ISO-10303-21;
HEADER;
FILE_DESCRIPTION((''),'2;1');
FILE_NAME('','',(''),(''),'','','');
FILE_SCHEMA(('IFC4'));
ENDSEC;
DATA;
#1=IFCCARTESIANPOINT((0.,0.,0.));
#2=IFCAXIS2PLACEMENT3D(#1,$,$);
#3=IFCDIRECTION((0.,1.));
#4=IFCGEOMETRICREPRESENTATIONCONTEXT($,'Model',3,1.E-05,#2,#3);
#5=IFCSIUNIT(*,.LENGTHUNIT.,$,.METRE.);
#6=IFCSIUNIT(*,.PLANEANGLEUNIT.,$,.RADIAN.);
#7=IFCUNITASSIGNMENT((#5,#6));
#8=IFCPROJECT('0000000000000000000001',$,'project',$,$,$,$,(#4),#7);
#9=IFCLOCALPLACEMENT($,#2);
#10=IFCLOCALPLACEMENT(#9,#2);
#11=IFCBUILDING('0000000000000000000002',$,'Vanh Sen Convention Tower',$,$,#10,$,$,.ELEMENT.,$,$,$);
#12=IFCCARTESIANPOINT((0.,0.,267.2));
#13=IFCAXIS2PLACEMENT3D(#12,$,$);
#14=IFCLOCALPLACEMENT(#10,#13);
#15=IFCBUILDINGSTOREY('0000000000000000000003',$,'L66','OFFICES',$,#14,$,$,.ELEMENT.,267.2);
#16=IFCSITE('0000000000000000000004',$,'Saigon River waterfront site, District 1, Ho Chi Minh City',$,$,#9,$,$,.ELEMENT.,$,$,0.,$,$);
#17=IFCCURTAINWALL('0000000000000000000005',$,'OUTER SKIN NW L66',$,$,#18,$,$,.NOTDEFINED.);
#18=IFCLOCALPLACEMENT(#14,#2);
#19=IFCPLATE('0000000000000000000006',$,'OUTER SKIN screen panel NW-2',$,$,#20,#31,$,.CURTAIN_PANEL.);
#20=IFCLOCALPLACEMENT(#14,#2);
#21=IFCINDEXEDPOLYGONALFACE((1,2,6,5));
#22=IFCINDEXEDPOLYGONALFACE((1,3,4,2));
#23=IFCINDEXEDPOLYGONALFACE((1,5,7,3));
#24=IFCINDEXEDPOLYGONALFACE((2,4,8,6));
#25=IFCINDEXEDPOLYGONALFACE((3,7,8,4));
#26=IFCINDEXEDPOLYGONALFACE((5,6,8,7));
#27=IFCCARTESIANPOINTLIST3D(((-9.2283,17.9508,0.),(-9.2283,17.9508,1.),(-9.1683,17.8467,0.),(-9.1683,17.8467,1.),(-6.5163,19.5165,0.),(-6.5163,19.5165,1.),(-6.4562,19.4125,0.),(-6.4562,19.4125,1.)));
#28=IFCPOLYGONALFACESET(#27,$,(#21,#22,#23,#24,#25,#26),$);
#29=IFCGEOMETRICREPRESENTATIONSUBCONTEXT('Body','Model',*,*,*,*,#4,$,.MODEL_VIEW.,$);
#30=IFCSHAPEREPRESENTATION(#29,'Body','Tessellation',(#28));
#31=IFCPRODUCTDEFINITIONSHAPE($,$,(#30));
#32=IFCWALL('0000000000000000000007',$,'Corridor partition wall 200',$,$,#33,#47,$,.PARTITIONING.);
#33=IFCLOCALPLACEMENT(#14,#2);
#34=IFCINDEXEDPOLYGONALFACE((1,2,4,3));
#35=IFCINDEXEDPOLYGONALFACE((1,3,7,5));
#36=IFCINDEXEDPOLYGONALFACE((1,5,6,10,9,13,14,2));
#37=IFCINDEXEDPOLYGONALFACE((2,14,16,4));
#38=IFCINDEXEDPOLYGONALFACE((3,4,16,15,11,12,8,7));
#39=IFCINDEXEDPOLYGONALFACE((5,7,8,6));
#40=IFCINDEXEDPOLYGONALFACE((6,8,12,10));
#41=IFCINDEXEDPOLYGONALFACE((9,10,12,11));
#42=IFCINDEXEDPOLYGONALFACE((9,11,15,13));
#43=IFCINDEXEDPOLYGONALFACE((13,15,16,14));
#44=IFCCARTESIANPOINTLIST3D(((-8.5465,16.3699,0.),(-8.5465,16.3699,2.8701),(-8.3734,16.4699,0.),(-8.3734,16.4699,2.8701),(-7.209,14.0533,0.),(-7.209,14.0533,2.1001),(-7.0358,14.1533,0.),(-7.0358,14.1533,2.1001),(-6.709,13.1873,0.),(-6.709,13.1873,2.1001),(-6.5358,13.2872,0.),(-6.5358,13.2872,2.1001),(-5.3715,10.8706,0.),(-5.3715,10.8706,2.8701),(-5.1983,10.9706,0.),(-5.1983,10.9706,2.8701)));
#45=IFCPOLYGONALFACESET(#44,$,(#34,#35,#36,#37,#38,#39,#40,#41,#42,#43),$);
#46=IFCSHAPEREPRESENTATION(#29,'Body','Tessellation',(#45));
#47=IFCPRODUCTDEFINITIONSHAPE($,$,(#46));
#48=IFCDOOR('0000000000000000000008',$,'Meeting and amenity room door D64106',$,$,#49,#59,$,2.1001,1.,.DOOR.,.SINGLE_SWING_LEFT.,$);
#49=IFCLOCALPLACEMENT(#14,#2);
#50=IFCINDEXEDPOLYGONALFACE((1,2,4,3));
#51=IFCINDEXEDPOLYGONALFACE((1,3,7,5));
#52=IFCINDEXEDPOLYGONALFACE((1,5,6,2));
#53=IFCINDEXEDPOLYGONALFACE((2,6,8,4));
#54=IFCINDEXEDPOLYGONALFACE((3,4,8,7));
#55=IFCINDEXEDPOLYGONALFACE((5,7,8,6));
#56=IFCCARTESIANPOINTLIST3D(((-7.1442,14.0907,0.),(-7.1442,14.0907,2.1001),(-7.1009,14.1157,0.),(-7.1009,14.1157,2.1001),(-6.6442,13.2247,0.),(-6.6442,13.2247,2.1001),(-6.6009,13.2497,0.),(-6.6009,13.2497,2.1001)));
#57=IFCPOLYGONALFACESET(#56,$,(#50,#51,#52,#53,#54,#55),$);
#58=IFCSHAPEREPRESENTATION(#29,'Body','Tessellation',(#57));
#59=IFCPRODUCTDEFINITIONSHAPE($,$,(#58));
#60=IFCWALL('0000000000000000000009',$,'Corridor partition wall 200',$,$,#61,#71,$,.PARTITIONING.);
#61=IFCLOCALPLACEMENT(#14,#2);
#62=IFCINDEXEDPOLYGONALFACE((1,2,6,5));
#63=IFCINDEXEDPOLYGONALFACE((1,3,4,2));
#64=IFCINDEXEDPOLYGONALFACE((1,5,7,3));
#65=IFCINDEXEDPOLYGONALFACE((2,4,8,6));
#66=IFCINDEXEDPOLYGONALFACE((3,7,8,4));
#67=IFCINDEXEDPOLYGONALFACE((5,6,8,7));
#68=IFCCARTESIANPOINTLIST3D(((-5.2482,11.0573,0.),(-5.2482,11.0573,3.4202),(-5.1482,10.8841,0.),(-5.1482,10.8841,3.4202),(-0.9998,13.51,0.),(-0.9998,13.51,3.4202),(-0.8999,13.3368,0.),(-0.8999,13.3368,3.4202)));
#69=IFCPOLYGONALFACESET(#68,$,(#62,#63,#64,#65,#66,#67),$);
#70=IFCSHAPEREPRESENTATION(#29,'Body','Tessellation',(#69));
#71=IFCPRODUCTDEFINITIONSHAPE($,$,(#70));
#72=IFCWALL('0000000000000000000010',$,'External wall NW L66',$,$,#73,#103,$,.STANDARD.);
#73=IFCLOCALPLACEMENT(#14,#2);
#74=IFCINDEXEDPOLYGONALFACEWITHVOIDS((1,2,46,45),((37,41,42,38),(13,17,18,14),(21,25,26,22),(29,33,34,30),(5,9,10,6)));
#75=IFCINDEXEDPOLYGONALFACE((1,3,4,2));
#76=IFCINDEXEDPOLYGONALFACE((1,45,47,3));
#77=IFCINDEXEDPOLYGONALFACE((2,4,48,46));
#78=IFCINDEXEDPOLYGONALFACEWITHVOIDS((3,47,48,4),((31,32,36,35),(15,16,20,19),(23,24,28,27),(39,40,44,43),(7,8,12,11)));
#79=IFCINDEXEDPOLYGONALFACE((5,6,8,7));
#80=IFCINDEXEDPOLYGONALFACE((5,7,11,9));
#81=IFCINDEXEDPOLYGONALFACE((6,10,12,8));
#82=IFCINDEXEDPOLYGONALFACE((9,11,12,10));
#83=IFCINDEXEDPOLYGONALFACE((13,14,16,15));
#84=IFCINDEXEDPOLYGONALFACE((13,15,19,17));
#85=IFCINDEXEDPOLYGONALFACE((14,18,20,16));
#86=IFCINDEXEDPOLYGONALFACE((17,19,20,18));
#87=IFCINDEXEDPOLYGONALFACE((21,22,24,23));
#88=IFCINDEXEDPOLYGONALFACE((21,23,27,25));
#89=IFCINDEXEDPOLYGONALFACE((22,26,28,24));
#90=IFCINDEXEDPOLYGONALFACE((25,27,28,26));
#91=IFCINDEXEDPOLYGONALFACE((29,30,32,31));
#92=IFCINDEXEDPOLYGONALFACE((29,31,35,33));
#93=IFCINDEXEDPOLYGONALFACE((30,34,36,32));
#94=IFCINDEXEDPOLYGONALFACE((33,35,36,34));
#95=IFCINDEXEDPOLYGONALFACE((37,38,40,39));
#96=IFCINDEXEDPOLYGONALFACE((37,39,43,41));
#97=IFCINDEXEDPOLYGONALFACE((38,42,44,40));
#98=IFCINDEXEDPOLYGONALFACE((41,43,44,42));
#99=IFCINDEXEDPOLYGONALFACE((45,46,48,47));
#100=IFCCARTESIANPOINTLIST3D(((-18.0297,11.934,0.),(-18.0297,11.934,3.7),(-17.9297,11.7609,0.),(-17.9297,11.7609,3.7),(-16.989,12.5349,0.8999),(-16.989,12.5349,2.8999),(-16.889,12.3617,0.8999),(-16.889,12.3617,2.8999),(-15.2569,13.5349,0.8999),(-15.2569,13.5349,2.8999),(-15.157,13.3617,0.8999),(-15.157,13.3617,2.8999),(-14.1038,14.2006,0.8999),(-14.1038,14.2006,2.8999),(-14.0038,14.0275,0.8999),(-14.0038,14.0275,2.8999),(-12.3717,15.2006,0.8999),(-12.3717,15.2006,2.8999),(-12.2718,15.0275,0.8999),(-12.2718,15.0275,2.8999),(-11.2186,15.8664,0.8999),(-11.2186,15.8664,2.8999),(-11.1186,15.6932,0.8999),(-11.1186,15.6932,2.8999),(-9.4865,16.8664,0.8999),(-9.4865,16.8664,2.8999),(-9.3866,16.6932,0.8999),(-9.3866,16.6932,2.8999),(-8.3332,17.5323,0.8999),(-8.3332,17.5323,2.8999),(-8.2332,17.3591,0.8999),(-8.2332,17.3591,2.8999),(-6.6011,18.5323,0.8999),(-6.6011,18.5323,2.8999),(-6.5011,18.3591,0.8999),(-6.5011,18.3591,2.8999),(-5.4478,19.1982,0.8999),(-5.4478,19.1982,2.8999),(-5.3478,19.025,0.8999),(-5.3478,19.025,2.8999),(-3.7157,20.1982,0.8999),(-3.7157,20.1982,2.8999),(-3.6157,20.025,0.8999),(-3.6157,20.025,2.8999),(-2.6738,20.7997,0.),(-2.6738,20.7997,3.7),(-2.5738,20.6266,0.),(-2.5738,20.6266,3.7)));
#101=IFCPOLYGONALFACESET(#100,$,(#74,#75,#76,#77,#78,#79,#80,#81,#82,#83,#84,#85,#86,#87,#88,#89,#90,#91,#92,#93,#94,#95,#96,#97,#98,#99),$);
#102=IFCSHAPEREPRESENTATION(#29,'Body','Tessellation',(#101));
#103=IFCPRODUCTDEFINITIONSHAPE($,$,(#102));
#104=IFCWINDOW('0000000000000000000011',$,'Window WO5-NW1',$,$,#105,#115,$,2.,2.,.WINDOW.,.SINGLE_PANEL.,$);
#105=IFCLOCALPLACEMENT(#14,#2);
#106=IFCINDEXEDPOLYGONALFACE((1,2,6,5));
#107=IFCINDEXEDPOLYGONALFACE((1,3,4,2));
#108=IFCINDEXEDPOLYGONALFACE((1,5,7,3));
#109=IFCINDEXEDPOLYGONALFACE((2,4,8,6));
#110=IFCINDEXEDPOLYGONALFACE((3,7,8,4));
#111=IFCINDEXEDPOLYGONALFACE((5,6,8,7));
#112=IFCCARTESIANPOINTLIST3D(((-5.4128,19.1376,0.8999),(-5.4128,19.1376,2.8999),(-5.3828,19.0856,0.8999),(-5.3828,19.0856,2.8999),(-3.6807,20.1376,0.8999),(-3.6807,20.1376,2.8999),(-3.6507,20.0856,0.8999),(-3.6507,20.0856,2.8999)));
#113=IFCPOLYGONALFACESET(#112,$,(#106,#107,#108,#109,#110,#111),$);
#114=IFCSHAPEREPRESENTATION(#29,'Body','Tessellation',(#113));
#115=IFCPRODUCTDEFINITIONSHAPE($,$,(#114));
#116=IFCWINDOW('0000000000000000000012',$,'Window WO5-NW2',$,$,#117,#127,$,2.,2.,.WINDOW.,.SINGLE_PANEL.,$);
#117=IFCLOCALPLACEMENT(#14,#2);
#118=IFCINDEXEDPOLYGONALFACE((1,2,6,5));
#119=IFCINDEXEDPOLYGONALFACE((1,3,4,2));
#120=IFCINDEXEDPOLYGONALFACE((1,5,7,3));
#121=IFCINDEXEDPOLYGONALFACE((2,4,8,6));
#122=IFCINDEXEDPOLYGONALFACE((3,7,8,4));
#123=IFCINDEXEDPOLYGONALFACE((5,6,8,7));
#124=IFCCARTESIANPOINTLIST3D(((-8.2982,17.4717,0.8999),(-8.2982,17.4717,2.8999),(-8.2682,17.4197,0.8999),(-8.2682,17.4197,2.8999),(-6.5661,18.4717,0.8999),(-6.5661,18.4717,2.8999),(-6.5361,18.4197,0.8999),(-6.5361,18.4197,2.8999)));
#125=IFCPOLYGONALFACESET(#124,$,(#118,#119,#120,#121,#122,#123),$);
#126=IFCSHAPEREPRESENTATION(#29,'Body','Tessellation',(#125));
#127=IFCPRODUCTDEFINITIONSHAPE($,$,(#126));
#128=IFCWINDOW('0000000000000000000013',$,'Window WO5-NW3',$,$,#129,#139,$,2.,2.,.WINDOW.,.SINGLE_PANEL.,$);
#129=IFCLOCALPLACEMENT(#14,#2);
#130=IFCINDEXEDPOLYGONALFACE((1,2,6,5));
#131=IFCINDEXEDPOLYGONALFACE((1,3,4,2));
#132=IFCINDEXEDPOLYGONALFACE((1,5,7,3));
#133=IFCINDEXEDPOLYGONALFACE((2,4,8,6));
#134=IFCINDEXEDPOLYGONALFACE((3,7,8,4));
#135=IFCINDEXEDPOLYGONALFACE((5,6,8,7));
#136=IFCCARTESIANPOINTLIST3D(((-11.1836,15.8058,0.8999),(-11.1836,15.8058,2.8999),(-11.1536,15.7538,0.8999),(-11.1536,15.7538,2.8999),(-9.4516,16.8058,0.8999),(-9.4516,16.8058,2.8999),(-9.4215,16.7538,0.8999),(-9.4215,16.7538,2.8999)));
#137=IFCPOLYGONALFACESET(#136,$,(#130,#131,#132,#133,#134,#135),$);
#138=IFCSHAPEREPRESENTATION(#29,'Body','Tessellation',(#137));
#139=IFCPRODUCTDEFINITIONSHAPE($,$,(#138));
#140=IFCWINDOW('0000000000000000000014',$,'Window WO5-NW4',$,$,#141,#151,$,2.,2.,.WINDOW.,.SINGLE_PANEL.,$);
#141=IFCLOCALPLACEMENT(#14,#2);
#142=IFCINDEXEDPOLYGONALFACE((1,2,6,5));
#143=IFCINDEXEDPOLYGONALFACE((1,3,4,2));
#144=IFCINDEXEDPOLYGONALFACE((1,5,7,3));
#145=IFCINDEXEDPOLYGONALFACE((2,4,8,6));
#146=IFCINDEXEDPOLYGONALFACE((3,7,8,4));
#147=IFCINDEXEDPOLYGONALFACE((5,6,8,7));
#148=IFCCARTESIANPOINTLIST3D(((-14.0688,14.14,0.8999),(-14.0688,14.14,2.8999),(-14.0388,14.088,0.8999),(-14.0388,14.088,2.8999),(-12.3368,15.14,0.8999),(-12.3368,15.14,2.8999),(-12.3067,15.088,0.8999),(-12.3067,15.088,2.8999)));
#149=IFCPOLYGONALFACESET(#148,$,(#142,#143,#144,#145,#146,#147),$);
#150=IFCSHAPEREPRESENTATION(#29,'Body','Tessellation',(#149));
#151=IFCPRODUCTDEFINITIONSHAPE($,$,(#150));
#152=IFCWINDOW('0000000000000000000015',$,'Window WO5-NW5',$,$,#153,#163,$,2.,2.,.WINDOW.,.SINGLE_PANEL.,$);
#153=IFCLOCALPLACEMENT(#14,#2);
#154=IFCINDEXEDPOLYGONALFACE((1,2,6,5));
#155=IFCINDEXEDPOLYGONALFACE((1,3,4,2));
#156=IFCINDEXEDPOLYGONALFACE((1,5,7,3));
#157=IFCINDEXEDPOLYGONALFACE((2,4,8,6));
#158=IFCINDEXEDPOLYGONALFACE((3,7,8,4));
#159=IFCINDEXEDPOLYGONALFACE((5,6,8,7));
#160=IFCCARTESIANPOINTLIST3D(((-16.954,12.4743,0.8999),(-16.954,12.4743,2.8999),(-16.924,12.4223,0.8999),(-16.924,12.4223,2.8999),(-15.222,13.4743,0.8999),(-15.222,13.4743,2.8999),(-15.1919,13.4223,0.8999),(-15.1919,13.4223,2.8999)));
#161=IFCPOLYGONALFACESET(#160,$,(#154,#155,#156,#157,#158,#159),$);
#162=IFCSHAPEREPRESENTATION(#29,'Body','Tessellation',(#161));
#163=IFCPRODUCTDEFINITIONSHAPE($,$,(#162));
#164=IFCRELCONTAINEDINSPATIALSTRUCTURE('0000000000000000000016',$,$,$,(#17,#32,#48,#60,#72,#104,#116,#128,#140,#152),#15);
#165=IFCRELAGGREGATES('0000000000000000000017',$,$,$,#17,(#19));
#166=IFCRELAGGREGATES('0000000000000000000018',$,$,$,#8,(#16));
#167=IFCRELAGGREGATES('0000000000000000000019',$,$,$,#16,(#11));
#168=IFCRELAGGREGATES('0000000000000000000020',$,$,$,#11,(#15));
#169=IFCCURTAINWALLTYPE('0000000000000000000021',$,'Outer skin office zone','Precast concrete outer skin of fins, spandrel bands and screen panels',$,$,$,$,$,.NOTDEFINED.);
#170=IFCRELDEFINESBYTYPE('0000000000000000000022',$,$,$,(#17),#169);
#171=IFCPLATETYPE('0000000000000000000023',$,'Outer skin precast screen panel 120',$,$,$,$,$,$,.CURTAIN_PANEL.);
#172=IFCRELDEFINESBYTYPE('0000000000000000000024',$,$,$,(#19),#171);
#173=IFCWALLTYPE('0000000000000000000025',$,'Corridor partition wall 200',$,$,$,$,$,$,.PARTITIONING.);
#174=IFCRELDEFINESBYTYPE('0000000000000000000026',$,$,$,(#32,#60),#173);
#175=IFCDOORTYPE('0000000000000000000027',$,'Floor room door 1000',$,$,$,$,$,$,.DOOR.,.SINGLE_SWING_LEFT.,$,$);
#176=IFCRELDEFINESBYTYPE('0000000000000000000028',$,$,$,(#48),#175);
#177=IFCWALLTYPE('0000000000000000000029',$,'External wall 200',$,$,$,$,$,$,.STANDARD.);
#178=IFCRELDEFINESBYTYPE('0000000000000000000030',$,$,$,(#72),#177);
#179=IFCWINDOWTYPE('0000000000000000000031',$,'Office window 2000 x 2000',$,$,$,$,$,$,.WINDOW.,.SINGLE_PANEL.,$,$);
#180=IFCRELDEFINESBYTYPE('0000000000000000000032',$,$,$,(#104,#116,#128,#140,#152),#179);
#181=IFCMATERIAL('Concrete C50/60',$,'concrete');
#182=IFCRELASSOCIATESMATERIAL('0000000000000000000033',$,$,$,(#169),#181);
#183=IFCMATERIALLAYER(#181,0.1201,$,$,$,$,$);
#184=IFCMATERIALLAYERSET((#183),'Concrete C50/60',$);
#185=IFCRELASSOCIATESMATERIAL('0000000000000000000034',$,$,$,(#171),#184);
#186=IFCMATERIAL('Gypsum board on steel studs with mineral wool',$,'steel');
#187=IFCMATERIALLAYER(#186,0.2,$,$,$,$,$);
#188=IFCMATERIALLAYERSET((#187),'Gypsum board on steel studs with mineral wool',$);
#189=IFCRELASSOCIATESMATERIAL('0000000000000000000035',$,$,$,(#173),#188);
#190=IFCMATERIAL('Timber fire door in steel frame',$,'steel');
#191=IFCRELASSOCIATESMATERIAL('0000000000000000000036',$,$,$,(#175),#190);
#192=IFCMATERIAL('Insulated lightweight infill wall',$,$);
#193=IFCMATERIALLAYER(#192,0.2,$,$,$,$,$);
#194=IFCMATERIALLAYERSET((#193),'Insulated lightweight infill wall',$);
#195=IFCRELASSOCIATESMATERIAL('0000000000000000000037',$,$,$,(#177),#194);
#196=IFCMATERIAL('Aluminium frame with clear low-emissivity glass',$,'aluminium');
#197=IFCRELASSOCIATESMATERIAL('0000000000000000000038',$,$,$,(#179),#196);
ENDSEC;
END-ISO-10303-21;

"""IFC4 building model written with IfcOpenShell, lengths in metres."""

from ifc_helpers import new_model, si_unit, direction, frame, frame_2d, origin, origin_2d, place, context, subcontext, project, spatial, rectangle, extrude, material, layer, layer_set, type_object, element, fill, aggregate, save


model = new_model("IFC4")

# Units and contexts
model_context = context("Model", 3, precision=1e-05, world=origin(), true_north=direction((0.0, 1.0)))
body_context = subcontext(model_context, "Body", "Model", "MODEL_VIEW")
ifc_project = project(units=[si_unit("LENGTHUNIT", "METRE"), si_unit("PLANEANGLEUNIT", "RADIAN")], contexts=[model_context])

# Site, building, storey
site_placement = place(None, origin())
site = spatial("IfcSite", under=ifc_project, at=site_placement, Name="Saigon River waterfront site, District 1, Ho Chi Minh City", CompositionType="ELEMENT", RefElevation=0.0)
building_placement = place(site_placement, origin())
building = spatial("IfcBuilding", under=site, at=building_placement, Name="Vanh Sen Convention Tower", CompositionType="ELEMENT")
storey_placement = place(building_placement, frame((0.0, 0.0, 267.2)))
storey = spatial("IfcBuildingStorey", under=building, at=storey_placement, Name="L66", Description="OFFICES", CompositionType="ELEMENT", Elevation=267.2)

# Curtain wall
ifc_material_1 = material(Name="Concrete C50/60", Category="concrete")
curtain_wall_type = type_object("IfcCurtainWallType", Name="Outer skin office zone", Description="Precast concrete outer skin of fins, spandrel bands and screen panels", PredefinedType="NOTDEFINED", material=ifc_material_1)
curtain_wall_1_placement = place(storey_placement, origin())
curtain_wall_1 = element("IfcCurtainWall", 1, at=curtain_wall_1_placement, inside=storey, type_object=curtain_wall_type, Name="OUTER SKIN NW L66", PredefinedType="NOTDEFINED")

# Shared definitions
ifc_layer_1 = layer(ifc_material_1, 0.1201)
ifc_layer_set_1 = layer_set([ifc_layer_1], Name="Concrete C50/60")
plate_type = type_object("IfcPlateType", Name="Outer skin precast screen panel 120", PredefinedType="CURTAIN_PANEL", material=ifc_layer_set_1)

# Plate
plate_1_placement = place(storey_placement, frame((-7.8423, 18.6816, 0.0), z_axis=(0.0, 0.0, 1.0), x_axis=(-0.866029, -0.499994, 0.0)))
plate_1 = element("IfcPlate", 2, at=plate_1_placement, type_object=plate_type, Name="OUTER SKIN screen panel NW-2", PredefinedType="CURTAIN_PANEL", context=body_context, shape_type="SweptSolid", body=[
    extrude(rectangle(XDim=3.1316, YDim=0.1201, at=origin_2d()), origin(), (0.0, 0.0, 1.0), 1.0),
])
aggregate(curtain_wall_1, [plate_1])

# Wall, opening, door
ifc_material_2 = material(Name="Gypsum board on steel studs with mineral wool", Category="steel")
ifc_layer_2 = layer(ifc_material_2, 0.2)
ifc_layer_set_2 = layer_set([ifc_layer_2], Name="Gypsum board on steel studs with mineral wool")
wall_type_1 = type_object("IfcWallType", Name="Corridor partition wall 200", PredefinedType="PARTITIONING", material=ifc_layer_set_2)
wall_1_placement = place(storey_placement, frame((-8.46, 16.4199, 0.0), z_axis=(0.0, 0.0, 1.0), x_axis=(0.500005, -0.866022, 0.0)))
wall_1 = element("IfcWall", 3, at=wall_1_placement, inside=storey, type_object=wall_type_1, Name="Corridor partition wall 200", PredefinedType="PARTITIONING", context=body_context, shape_type="SweptSolid", body=[
    extrude(rectangle(XDim=6.3501, YDim=0.2, at=frame_2d((3.175, 0.0))), origin(), (0.0, 0.0, 1.0), 2.8701),
])
opening_1_placement = place(wall_1_placement, frame((2.675, 0.0, 0.0)))
opening_1 = element("IfcOpeningElement", 4, at=opening_1_placement, cuts=wall_1, PredefinedType="OPENING", context=body_context, shape_type="SweptSolid", body=[
    extrude(rectangle(XDim=1.0, YDim=2.1001, at=frame_2d((0.5, 1.05))), frame((0.0, 0.1099, 0.0), z_axis=(0.0, -1.0, 0.0), x_axis=(1.0, 0.0, 0.0)), (0.0, 0.0, 1.0), 0.22),
])
ifc_material_3 = material(Name="Timber fire door in steel frame", Category="steel")
door_type = type_object("IfcDoorType", Name="Floor room door 1000", OperationType="SINGLE_SWING_LEFT", PredefinedType="DOOR", material=ifc_material_3)
door_placement = place(opening_1_placement, origin())
door = element("IfcDoor", 5, at=door_placement, inside=storey, type_object=door_type, Name="Meeting and amenity room door D64106", OperationType="SINGLE_SWING_LEFT", OverallHeight=2.1001, OverallWidth=1.0, PredefinedType="DOOR", context=body_context, shape_type="SweptSolid", body=[
    extrude(rectangle(XDim=1.0, YDim=2.1001, at=frame_2d((0.5, 1.05))), frame((0.0, 0.0249, 0.0), z_axis=(0.0, -1.0, 0.0), x_axis=(1.0, 0.0, 0.0)), (0.0, 0.0, 1.0), 0.05),
])
fill(opening_1, door)

# Wall
wall_2_placement = place(storey_placement, frame((-0.95, 13.4233, 0.0), z_axis=(0.0, 0.0, 1.0), x_axis=(-0.866036, -0.499982, 0.0)))
element("IfcWall", 6, at=wall_2_placement, inside=storey, type_object=wall_type_1, Name="Corridor partition wall 200", PredefinedType="PARTITIONING", context=body_context, shape_type="SweptSolid", body=[
    extrude(rectangle(XDim=4.9055, YDim=0.2, at=frame_2d((2.4526, 0.0))), origin(), (0.0, 0.0, 1.0), 3.4202),
])

# Wall, openings, windows
ifc_material_4 = material(Name="Insulated lightweight infill wall")
ifc_layer_3 = layer(ifc_material_4, 0.2)
ifc_layer_set_3 = layer_set([ifc_layer_3], Name="Insulated lightweight infill wall")
wall_type_2 = type_object("IfcWallType", Name="External wall 200", PredefinedType="STANDARD", material=ifc_layer_set_3)
wall_3_placement = place(storey_placement, frame((-2.6238, 20.7131, 0.0), z_axis=(0.0, 0.0, 1.0), x_axis=(-0.866026, -0.499998, 0.0)))
wall_3 = element("IfcWall", 7, at=wall_3_placement, inside=storey, type_object=wall_type_2, Name="External wall NW L66", PredefinedType="STANDARD", context=body_context, shape_type="SweptSolid", body=[
    extrude(rectangle(XDim=17.7314, YDim=0.2, at=frame_2d((8.8657, 0.0))), origin(), (0.0, 0.0, 1.0), 3.7),
])
opening_2_placement = place(wall_3_placement, frame((1.2031, 0.0, 0.8999)))
opening_2 = element("IfcOpeningElement", 8, at=opening_2_placement, cuts=wall_3, PredefinedType="OPENING", context=body_context, shape_type="SweptSolid", body=[
    extrude(rectangle(XDim=2.0, YDim=2.0, at=frame_2d((1.0, 1.0))), frame((0.0, 0.1099, 0.0), z_axis=(0.0, -1.0, 0.0), x_axis=(1.0, 0.0, 0.0)), (0.0, 0.0, 1.0), 0.22),
])
opening_3_placement = place(wall_3_placement, frame((4.5349, 0.0, 0.8999)))
opening_3 = element("IfcOpeningElement", 9, at=opening_3_placement, cuts=wall_3, PredefinedType="OPENING", context=body_context, shape_type="SweptSolid", body=[
    extrude(rectangle(XDim=2.0, YDim=2.0, at=frame_2d((1.0, 1.0))), frame((0.0, 0.1099, 0.0), z_axis=(0.0, -1.0, 0.0), x_axis=(1.0, 0.0, 0.0)), (0.0, 0.0, 1.0), 0.22),
])
opening_4_placement = place(wall_3_placement, frame((7.8667, 0.0, 0.8999)))
opening_4 = element("IfcOpeningElement", 10, at=opening_4_placement, cuts=wall_3, PredefinedType="OPENING", context=body_context, shape_type="SweptSolid", body=[
    extrude(rectangle(XDim=2.0, YDim=2.0, at=frame_2d((1.0, 1.0))), frame((0.0, 0.1099, 0.0), z_axis=(0.0, -1.0, 0.0), x_axis=(1.0, 0.0, 0.0)), (0.0, 0.0, 1.0), 0.22),
])
opening_5_placement = place(wall_3_placement, frame((11.1982, 0.0, 0.8999)))
opening_5 = element("IfcOpeningElement", 11, at=opening_5_placement, cuts=wall_3, PredefinedType="OPENING", context=body_context, shape_type="SweptSolid", body=[
    extrude(rectangle(XDim=2.0, YDim=2.0, at=frame_2d((1.0, 1.0))), frame((0.0, 0.1099, 0.0), z_axis=(0.0, -1.0, 0.0), x_axis=(1.0, 0.0, 0.0)), (0.0, 0.0, 1.0), 0.22),
])
opening_6_placement = place(wall_3_placement, frame((14.5298, 0.0, 0.8999)))
opening_6 = element("IfcOpeningElement", 12, at=opening_6_placement, cuts=wall_3, PredefinedType="OPENING", context=body_context, shape_type="SweptSolid", body=[
    extrude(rectangle(XDim=2.0, YDim=2.0, at=frame_2d((1.0, 1.0))), frame((0.0, 0.1099, 0.0), z_axis=(0.0, -1.0, 0.0), x_axis=(1.0, 0.0, 0.0)), (0.0, 0.0, 1.0), 0.22),
])
ifc_material_5 = material(Name="Aluminium frame with clear low-emissivity glass", Category="aluminium")
window_type = type_object("IfcWindowType", Name="Office window 2000 x 2000", PartitioningType="SINGLE_PANEL", PredefinedType="WINDOW", material=ifc_material_5)
window_1_placement = place(opening_2_placement, origin())
window_1 = element("IfcWindow", 13, at=window_1_placement, inside=storey, type_object=window_type, Name="Window WO5-NW1", OverallHeight=2.0, OverallWidth=2.0, PartitioningType="SINGLE_PANEL", PredefinedType="WINDOW", context=body_context, shape_type="SweptSolid", body=[
    extrude(rectangle(XDim=2.0, YDim=2.0, at=frame_2d((1.0, 1.0))), frame((0.0, 0.03, 0.0), z_axis=(0.0, -1.0, 0.0), x_axis=(1.0, 0.0, 0.0)), (0.0, 0.0, 1.0), 0.0601),
])
fill(opening_2, window_1)
window_2_placement = place(opening_3_placement, origin())
window_2 = element("IfcWindow", 14, at=window_2_placement, inside=storey, type_object=window_type, Name="Window WO5-NW2", OverallHeight=2.0, OverallWidth=2.0, PartitioningType="SINGLE_PANEL", PredefinedType="WINDOW", context=body_context, shape_type="SweptSolid", body=[
    extrude(rectangle(XDim=2.0, YDim=2.0, at=frame_2d((1.0, 1.0))), frame((0.0, 0.03, 0.0), z_axis=(0.0, -1.0, 0.0), x_axis=(1.0, 0.0, 0.0)), (0.0, 0.0, 1.0), 0.0601),
])
fill(opening_3, window_2)
window_3_placement = place(opening_4_placement, origin())
window_3 = element("IfcWindow", 15, at=window_3_placement, inside=storey, type_object=window_type, Name="Window WO5-NW3", OverallHeight=2.0, OverallWidth=2.0, PartitioningType="SINGLE_PANEL", PredefinedType="WINDOW", context=body_context, shape_type="SweptSolid", body=[
    extrude(rectangle(XDim=2.0, YDim=2.0, at=frame_2d((1.0, 1.0))), frame((0.0, 0.03, 0.0), z_axis=(0.0, -1.0, 0.0), x_axis=(1.0, 0.0, 0.0)), (0.0, 0.0, 1.0), 0.0601),
])
fill(opening_4, window_3)
window_4_placement = place(opening_5_placement, origin())
window_4 = element("IfcWindow", 16, at=window_4_placement, inside=storey, type_object=window_type, Name="Window WO5-NW4", OverallHeight=2.0, OverallWidth=2.0, PartitioningType="SINGLE_PANEL", PredefinedType="WINDOW", context=body_context, shape_type="SweptSolid", body=[
    extrude(rectangle(XDim=2.0, YDim=2.0, at=frame_2d((1.0, 1.0))), frame((0.0, 0.03, 0.0), z_axis=(0.0, -1.0, 0.0), x_axis=(1.0, 0.0, 0.0)), (0.0, 0.0, 1.0), 0.0601),
])
fill(opening_5, window_4)
window_5_placement = place(opening_6_placement, origin())
window_5 = element("IfcWindow", 17, at=window_5_placement, inside=storey, type_object=window_type, Name="Window WO5-NW5", OverallHeight=2.0, OverallWidth=2.0, PartitioningType="SINGLE_PANEL", PredefinedType="WINDOW", context=body_context, shape_type="SweptSolid", body=[
    extrude(rectangle(XDim=2.0, YDim=2.0, at=frame_2d((1.0, 1.0))), frame((0.0, 0.03, 0.0), z_axis=(0.0, -1.0, 0.0), x_axis=(1.0, 0.0, 0.0)), (0.0, 0.0, 1.0), 0.0601),
])
fill(opening_6, window_5)

save(model, "model.ifc")
